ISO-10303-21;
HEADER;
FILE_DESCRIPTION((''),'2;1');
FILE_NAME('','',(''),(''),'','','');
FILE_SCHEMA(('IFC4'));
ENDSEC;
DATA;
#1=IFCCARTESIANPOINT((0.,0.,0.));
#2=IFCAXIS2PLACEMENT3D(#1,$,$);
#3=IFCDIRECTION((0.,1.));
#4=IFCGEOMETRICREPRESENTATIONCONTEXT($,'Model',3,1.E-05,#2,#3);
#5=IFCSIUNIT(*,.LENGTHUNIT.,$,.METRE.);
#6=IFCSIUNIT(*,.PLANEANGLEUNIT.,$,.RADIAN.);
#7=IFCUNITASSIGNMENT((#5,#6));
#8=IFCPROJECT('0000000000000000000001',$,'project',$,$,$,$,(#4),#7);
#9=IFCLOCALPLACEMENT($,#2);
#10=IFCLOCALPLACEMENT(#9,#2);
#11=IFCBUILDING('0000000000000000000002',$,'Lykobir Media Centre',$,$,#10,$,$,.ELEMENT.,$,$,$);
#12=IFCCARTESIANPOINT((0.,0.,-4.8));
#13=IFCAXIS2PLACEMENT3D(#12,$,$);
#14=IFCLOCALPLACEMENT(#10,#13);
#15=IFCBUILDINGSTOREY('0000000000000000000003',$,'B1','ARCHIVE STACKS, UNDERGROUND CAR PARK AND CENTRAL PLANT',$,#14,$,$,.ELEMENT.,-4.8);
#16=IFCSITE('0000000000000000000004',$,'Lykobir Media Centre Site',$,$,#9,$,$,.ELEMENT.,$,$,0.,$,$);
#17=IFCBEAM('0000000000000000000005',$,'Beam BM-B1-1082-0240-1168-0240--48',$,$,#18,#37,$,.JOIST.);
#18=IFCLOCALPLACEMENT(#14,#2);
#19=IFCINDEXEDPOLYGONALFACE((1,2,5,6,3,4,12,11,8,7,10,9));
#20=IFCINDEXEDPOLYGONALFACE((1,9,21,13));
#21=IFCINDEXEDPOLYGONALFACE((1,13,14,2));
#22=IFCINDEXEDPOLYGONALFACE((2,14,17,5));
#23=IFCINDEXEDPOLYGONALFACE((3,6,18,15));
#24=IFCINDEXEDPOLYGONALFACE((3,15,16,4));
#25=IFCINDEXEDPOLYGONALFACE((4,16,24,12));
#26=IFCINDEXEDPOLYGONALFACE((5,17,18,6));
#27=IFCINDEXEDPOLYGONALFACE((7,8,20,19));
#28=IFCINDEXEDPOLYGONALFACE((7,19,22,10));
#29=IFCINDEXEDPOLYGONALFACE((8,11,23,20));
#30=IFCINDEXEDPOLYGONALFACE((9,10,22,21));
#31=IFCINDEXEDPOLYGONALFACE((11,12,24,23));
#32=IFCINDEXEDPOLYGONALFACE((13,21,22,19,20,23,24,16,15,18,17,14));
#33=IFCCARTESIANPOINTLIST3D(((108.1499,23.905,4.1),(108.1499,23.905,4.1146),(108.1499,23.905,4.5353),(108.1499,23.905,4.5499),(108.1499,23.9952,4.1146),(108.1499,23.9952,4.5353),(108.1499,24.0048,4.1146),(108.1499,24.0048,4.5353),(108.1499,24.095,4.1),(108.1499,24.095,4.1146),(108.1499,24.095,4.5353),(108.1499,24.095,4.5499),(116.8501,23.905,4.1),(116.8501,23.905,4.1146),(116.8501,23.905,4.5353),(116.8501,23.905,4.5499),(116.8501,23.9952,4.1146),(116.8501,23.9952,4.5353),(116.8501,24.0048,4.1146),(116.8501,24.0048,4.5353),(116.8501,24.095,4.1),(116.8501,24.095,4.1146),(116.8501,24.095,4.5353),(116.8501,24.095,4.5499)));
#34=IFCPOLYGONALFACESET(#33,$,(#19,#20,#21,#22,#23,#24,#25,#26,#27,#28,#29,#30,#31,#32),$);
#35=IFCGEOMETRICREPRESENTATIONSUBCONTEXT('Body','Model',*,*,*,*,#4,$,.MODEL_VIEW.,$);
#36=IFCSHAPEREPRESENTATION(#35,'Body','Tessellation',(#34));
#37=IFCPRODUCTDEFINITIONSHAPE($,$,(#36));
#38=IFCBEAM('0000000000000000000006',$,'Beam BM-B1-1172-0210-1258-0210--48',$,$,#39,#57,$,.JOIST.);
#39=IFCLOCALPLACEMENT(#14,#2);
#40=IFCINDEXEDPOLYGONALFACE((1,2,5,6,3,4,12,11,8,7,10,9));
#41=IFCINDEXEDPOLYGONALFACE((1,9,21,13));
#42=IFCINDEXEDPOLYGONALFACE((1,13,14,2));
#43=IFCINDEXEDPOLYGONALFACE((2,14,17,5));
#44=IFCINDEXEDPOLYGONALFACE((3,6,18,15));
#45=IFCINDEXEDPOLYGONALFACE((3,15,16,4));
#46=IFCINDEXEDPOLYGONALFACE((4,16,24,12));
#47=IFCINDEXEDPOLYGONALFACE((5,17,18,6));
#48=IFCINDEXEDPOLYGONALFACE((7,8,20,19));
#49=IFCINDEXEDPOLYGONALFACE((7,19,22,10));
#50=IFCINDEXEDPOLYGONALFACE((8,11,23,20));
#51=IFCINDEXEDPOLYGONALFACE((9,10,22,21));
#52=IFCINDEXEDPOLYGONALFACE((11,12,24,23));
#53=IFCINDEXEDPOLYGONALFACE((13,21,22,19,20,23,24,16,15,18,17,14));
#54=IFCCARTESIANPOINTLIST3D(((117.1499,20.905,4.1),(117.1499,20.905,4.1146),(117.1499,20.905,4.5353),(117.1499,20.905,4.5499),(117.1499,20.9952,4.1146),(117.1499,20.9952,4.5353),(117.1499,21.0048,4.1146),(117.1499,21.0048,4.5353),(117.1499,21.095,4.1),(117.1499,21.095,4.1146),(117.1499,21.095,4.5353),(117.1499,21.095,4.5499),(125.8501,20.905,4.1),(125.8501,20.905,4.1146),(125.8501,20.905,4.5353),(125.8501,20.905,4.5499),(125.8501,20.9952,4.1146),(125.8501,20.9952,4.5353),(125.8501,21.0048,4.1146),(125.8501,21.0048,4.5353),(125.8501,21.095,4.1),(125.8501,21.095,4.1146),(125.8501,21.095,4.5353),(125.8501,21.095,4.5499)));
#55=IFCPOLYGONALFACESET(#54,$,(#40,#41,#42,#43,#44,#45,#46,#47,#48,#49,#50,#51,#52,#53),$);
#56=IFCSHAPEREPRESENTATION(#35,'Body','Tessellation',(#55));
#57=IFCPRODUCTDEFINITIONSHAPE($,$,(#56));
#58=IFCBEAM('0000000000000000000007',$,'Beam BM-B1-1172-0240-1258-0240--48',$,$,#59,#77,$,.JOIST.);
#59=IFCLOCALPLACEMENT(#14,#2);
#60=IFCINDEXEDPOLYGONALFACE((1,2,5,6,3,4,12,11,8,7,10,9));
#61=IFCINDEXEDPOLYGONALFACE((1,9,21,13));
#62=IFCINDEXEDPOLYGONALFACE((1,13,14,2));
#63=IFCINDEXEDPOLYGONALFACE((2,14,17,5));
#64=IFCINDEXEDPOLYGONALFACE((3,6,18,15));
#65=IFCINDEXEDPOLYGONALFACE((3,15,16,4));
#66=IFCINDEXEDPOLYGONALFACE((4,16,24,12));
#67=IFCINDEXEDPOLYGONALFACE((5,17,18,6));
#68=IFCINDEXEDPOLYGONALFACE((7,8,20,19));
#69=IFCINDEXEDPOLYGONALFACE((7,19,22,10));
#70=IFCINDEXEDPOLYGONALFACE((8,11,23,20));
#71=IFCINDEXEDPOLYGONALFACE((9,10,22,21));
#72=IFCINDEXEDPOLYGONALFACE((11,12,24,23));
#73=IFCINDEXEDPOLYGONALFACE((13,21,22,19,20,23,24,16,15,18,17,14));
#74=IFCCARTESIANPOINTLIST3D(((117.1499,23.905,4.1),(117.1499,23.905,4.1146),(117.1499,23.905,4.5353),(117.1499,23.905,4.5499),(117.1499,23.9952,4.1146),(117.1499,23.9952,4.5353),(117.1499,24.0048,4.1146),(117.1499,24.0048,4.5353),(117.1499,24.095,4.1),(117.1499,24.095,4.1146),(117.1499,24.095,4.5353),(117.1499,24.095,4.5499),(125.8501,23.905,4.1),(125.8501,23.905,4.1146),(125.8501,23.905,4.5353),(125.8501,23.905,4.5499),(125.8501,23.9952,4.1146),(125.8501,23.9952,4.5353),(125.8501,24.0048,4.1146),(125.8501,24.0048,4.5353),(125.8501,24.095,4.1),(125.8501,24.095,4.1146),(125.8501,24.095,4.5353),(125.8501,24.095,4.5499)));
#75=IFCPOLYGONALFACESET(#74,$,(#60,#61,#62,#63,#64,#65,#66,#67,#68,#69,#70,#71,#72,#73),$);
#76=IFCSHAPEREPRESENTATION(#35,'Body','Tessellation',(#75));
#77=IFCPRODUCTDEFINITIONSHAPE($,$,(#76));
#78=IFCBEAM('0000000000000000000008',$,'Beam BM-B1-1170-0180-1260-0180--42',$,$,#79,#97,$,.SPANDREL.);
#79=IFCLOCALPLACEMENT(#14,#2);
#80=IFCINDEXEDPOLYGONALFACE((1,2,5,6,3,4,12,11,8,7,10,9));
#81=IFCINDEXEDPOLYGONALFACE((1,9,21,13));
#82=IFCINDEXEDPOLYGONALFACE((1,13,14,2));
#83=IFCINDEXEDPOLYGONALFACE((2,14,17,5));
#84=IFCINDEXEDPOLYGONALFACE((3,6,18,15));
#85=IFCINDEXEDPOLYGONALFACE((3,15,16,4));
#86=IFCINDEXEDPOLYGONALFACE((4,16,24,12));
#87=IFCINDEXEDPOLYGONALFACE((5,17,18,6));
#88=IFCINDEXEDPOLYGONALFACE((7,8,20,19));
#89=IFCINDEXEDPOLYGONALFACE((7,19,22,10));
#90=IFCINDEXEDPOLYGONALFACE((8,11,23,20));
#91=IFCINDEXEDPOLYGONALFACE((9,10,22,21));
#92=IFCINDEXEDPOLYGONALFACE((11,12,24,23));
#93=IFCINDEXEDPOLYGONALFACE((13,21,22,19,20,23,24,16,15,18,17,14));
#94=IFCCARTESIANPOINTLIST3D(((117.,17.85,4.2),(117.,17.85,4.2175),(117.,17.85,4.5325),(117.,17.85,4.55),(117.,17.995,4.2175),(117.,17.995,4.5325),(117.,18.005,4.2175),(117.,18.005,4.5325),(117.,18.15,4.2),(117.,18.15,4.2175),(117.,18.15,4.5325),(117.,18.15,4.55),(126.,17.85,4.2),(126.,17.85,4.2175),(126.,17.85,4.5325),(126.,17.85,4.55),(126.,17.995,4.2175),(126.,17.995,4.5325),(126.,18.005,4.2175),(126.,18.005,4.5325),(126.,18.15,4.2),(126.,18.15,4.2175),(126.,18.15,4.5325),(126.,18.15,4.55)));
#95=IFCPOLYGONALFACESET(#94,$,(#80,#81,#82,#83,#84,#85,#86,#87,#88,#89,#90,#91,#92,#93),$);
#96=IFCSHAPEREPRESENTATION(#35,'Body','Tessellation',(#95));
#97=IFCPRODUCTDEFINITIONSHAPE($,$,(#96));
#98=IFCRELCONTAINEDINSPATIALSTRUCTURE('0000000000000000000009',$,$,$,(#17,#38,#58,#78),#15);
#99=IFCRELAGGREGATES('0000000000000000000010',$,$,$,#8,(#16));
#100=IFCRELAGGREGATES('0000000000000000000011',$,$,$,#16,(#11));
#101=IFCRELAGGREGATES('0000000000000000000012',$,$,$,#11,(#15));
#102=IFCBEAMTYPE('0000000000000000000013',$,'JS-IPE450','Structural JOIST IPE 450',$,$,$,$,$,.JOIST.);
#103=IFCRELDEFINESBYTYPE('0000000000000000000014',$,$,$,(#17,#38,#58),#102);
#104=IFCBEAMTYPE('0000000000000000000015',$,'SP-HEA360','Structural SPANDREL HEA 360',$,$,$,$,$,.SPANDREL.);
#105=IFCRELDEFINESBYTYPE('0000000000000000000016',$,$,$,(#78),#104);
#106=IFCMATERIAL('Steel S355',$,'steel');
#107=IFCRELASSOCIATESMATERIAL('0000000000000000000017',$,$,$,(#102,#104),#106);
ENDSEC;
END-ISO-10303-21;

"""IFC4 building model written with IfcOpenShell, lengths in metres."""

from ifc_helpers import new_model, si_unit, direction, frame, origin, origin_2d, place, context, subcontext, project, spatial, i_section, extrude, material, material_profile, profile_set, type_object, element, save


model = new_model("IFC4")

# Units and contexts
model_context = context("Model", 3, precision=1e-05, world=origin(), true_north=direction((0.0, 1.0)))
body_context = subcontext(model_context, "Body", "Model", "MODEL_VIEW")
ifc_project = project(units=[si_unit("LENGTHUNIT", "METRE"), si_unit("PLANEANGLEUNIT", "RADIAN")], contexts=[model_context])

# Site, building, storey
site_placement = place(None, origin())
site = spatial("IfcSite", under=ifc_project, at=site_placement, Name="Lykobir Media Centre Site", CompositionType="ELEMENT", RefElevation=0.0)
building_placement = place(site_placement, origin())
building = spatial("IfcBuilding", under=site, at=building_placement, Name="Lykobir Media Centre", CompositionType="ELEMENT")
storey_placement = place(building_placement, frame((0.0, 0.0, -4.8)))
storey = spatial("IfcBuildingStorey", under=building, at=storey_placement, Name="B1", Description="ARCHIVE STACKS, UNDERGROUND CAR PARK AND CENTRAL PLANT", CompositionType="ELEMENT", Elevation=-4.8)

# Beams
ifc_material_1 = material(Name="Steel S355", Category="steel")
ifc_material_profile_1 = material_profile(ifc_material_1, i_section(OverallWidth=0.1899, OverallDepth=0.45, WebThickness=0.0095, FlangeThickness=0.0146, at=origin_2d()), Name="IPE 450")
ifc_profile_set_1 = profile_set([ifc_material_profile_1], Name="Steel S355")
beam_type_1 = type_object("IfcBeamType", Name="JS-IPE450", Description="Structural JOIST IPE 450", PredefinedType="JOIST", material=ifc_profile_set_1)
for number, where, z_axis, x_axis, name in (
    (1, (108.1499, 24.0, 4.325), (1.0, 0.0, 0.0), (0.0, 1.0, 0.0), "Beam BM-B1-1082-0240-1168-0240--48"),
    (2, (117.1499, 21.0, 4.325), (1.0, 0.0, 0.0), (0.0, 1.0, 0.0), "Beam BM-B1-1172-0210-1258-0210--48"),
    (3, (117.1499, 24.0, 4.325), (1.0, 0.0, 0.0), (0.0, 1.0, 0.0), "Beam BM-B1-1172-0240-1258-0240--48"),
):
    element("IfcBeam", number, at=place(storey_placement, frame(where, z_axis=z_axis, x_axis=x_axis)), inside=storey, type_object=beam_type_1, Name=name, PredefinedType="JOIST", context=body_context, shape_type="SweptSolid", body=[
        extrude(i_section(OverallWidth=0.1899, OverallDepth=0.45, WebThickness=0.0095, FlangeThickness=0.0146, at=origin_2d()), origin(), (0.0, 0.0, 1.0), 8.7002),
    ])
ifc_material_profile_2 = material_profile(ifc_material_1, i_section(OverallWidth=0.3, OverallDepth=0.3501, WebThickness=0.01, FlangeThickness=0.0176, at=origin_2d()), Name="HEA 360")
ifc_profile_set_2 = profile_set([ifc_material_profile_2], Name="Steel S355")
beam_type_2 = type_object("IfcBeamType", Name="SP-HEA360", Description="Structural SPANDREL HEA 360", PredefinedType="SPANDREL", material=ifc_profile_set_2)
beam_1_placement = place(storey_placement, frame((117.0, 18.0, 4.375), z_axis=(1.0, 0.0, 0.0), x_axis=(0.0, 1.0, 0.0)))
element("IfcBeam", 4, at=beam_1_placement, inside=storey, type_object=beam_type_2, Name="Beam BM-B1-1170-0180-1260-0180--42", PredefinedType="SPANDREL", context=body_context, shape_type="SweptSolid", body=[
    extrude(i_section(OverallWidth=0.3, OverallDepth=0.3501, WebThickness=0.01, FlangeThickness=0.0176, at=origin_2d()), origin(), (0.0, 0.0, 1.0), 9.0),
])

save(model, "model.ifc")
